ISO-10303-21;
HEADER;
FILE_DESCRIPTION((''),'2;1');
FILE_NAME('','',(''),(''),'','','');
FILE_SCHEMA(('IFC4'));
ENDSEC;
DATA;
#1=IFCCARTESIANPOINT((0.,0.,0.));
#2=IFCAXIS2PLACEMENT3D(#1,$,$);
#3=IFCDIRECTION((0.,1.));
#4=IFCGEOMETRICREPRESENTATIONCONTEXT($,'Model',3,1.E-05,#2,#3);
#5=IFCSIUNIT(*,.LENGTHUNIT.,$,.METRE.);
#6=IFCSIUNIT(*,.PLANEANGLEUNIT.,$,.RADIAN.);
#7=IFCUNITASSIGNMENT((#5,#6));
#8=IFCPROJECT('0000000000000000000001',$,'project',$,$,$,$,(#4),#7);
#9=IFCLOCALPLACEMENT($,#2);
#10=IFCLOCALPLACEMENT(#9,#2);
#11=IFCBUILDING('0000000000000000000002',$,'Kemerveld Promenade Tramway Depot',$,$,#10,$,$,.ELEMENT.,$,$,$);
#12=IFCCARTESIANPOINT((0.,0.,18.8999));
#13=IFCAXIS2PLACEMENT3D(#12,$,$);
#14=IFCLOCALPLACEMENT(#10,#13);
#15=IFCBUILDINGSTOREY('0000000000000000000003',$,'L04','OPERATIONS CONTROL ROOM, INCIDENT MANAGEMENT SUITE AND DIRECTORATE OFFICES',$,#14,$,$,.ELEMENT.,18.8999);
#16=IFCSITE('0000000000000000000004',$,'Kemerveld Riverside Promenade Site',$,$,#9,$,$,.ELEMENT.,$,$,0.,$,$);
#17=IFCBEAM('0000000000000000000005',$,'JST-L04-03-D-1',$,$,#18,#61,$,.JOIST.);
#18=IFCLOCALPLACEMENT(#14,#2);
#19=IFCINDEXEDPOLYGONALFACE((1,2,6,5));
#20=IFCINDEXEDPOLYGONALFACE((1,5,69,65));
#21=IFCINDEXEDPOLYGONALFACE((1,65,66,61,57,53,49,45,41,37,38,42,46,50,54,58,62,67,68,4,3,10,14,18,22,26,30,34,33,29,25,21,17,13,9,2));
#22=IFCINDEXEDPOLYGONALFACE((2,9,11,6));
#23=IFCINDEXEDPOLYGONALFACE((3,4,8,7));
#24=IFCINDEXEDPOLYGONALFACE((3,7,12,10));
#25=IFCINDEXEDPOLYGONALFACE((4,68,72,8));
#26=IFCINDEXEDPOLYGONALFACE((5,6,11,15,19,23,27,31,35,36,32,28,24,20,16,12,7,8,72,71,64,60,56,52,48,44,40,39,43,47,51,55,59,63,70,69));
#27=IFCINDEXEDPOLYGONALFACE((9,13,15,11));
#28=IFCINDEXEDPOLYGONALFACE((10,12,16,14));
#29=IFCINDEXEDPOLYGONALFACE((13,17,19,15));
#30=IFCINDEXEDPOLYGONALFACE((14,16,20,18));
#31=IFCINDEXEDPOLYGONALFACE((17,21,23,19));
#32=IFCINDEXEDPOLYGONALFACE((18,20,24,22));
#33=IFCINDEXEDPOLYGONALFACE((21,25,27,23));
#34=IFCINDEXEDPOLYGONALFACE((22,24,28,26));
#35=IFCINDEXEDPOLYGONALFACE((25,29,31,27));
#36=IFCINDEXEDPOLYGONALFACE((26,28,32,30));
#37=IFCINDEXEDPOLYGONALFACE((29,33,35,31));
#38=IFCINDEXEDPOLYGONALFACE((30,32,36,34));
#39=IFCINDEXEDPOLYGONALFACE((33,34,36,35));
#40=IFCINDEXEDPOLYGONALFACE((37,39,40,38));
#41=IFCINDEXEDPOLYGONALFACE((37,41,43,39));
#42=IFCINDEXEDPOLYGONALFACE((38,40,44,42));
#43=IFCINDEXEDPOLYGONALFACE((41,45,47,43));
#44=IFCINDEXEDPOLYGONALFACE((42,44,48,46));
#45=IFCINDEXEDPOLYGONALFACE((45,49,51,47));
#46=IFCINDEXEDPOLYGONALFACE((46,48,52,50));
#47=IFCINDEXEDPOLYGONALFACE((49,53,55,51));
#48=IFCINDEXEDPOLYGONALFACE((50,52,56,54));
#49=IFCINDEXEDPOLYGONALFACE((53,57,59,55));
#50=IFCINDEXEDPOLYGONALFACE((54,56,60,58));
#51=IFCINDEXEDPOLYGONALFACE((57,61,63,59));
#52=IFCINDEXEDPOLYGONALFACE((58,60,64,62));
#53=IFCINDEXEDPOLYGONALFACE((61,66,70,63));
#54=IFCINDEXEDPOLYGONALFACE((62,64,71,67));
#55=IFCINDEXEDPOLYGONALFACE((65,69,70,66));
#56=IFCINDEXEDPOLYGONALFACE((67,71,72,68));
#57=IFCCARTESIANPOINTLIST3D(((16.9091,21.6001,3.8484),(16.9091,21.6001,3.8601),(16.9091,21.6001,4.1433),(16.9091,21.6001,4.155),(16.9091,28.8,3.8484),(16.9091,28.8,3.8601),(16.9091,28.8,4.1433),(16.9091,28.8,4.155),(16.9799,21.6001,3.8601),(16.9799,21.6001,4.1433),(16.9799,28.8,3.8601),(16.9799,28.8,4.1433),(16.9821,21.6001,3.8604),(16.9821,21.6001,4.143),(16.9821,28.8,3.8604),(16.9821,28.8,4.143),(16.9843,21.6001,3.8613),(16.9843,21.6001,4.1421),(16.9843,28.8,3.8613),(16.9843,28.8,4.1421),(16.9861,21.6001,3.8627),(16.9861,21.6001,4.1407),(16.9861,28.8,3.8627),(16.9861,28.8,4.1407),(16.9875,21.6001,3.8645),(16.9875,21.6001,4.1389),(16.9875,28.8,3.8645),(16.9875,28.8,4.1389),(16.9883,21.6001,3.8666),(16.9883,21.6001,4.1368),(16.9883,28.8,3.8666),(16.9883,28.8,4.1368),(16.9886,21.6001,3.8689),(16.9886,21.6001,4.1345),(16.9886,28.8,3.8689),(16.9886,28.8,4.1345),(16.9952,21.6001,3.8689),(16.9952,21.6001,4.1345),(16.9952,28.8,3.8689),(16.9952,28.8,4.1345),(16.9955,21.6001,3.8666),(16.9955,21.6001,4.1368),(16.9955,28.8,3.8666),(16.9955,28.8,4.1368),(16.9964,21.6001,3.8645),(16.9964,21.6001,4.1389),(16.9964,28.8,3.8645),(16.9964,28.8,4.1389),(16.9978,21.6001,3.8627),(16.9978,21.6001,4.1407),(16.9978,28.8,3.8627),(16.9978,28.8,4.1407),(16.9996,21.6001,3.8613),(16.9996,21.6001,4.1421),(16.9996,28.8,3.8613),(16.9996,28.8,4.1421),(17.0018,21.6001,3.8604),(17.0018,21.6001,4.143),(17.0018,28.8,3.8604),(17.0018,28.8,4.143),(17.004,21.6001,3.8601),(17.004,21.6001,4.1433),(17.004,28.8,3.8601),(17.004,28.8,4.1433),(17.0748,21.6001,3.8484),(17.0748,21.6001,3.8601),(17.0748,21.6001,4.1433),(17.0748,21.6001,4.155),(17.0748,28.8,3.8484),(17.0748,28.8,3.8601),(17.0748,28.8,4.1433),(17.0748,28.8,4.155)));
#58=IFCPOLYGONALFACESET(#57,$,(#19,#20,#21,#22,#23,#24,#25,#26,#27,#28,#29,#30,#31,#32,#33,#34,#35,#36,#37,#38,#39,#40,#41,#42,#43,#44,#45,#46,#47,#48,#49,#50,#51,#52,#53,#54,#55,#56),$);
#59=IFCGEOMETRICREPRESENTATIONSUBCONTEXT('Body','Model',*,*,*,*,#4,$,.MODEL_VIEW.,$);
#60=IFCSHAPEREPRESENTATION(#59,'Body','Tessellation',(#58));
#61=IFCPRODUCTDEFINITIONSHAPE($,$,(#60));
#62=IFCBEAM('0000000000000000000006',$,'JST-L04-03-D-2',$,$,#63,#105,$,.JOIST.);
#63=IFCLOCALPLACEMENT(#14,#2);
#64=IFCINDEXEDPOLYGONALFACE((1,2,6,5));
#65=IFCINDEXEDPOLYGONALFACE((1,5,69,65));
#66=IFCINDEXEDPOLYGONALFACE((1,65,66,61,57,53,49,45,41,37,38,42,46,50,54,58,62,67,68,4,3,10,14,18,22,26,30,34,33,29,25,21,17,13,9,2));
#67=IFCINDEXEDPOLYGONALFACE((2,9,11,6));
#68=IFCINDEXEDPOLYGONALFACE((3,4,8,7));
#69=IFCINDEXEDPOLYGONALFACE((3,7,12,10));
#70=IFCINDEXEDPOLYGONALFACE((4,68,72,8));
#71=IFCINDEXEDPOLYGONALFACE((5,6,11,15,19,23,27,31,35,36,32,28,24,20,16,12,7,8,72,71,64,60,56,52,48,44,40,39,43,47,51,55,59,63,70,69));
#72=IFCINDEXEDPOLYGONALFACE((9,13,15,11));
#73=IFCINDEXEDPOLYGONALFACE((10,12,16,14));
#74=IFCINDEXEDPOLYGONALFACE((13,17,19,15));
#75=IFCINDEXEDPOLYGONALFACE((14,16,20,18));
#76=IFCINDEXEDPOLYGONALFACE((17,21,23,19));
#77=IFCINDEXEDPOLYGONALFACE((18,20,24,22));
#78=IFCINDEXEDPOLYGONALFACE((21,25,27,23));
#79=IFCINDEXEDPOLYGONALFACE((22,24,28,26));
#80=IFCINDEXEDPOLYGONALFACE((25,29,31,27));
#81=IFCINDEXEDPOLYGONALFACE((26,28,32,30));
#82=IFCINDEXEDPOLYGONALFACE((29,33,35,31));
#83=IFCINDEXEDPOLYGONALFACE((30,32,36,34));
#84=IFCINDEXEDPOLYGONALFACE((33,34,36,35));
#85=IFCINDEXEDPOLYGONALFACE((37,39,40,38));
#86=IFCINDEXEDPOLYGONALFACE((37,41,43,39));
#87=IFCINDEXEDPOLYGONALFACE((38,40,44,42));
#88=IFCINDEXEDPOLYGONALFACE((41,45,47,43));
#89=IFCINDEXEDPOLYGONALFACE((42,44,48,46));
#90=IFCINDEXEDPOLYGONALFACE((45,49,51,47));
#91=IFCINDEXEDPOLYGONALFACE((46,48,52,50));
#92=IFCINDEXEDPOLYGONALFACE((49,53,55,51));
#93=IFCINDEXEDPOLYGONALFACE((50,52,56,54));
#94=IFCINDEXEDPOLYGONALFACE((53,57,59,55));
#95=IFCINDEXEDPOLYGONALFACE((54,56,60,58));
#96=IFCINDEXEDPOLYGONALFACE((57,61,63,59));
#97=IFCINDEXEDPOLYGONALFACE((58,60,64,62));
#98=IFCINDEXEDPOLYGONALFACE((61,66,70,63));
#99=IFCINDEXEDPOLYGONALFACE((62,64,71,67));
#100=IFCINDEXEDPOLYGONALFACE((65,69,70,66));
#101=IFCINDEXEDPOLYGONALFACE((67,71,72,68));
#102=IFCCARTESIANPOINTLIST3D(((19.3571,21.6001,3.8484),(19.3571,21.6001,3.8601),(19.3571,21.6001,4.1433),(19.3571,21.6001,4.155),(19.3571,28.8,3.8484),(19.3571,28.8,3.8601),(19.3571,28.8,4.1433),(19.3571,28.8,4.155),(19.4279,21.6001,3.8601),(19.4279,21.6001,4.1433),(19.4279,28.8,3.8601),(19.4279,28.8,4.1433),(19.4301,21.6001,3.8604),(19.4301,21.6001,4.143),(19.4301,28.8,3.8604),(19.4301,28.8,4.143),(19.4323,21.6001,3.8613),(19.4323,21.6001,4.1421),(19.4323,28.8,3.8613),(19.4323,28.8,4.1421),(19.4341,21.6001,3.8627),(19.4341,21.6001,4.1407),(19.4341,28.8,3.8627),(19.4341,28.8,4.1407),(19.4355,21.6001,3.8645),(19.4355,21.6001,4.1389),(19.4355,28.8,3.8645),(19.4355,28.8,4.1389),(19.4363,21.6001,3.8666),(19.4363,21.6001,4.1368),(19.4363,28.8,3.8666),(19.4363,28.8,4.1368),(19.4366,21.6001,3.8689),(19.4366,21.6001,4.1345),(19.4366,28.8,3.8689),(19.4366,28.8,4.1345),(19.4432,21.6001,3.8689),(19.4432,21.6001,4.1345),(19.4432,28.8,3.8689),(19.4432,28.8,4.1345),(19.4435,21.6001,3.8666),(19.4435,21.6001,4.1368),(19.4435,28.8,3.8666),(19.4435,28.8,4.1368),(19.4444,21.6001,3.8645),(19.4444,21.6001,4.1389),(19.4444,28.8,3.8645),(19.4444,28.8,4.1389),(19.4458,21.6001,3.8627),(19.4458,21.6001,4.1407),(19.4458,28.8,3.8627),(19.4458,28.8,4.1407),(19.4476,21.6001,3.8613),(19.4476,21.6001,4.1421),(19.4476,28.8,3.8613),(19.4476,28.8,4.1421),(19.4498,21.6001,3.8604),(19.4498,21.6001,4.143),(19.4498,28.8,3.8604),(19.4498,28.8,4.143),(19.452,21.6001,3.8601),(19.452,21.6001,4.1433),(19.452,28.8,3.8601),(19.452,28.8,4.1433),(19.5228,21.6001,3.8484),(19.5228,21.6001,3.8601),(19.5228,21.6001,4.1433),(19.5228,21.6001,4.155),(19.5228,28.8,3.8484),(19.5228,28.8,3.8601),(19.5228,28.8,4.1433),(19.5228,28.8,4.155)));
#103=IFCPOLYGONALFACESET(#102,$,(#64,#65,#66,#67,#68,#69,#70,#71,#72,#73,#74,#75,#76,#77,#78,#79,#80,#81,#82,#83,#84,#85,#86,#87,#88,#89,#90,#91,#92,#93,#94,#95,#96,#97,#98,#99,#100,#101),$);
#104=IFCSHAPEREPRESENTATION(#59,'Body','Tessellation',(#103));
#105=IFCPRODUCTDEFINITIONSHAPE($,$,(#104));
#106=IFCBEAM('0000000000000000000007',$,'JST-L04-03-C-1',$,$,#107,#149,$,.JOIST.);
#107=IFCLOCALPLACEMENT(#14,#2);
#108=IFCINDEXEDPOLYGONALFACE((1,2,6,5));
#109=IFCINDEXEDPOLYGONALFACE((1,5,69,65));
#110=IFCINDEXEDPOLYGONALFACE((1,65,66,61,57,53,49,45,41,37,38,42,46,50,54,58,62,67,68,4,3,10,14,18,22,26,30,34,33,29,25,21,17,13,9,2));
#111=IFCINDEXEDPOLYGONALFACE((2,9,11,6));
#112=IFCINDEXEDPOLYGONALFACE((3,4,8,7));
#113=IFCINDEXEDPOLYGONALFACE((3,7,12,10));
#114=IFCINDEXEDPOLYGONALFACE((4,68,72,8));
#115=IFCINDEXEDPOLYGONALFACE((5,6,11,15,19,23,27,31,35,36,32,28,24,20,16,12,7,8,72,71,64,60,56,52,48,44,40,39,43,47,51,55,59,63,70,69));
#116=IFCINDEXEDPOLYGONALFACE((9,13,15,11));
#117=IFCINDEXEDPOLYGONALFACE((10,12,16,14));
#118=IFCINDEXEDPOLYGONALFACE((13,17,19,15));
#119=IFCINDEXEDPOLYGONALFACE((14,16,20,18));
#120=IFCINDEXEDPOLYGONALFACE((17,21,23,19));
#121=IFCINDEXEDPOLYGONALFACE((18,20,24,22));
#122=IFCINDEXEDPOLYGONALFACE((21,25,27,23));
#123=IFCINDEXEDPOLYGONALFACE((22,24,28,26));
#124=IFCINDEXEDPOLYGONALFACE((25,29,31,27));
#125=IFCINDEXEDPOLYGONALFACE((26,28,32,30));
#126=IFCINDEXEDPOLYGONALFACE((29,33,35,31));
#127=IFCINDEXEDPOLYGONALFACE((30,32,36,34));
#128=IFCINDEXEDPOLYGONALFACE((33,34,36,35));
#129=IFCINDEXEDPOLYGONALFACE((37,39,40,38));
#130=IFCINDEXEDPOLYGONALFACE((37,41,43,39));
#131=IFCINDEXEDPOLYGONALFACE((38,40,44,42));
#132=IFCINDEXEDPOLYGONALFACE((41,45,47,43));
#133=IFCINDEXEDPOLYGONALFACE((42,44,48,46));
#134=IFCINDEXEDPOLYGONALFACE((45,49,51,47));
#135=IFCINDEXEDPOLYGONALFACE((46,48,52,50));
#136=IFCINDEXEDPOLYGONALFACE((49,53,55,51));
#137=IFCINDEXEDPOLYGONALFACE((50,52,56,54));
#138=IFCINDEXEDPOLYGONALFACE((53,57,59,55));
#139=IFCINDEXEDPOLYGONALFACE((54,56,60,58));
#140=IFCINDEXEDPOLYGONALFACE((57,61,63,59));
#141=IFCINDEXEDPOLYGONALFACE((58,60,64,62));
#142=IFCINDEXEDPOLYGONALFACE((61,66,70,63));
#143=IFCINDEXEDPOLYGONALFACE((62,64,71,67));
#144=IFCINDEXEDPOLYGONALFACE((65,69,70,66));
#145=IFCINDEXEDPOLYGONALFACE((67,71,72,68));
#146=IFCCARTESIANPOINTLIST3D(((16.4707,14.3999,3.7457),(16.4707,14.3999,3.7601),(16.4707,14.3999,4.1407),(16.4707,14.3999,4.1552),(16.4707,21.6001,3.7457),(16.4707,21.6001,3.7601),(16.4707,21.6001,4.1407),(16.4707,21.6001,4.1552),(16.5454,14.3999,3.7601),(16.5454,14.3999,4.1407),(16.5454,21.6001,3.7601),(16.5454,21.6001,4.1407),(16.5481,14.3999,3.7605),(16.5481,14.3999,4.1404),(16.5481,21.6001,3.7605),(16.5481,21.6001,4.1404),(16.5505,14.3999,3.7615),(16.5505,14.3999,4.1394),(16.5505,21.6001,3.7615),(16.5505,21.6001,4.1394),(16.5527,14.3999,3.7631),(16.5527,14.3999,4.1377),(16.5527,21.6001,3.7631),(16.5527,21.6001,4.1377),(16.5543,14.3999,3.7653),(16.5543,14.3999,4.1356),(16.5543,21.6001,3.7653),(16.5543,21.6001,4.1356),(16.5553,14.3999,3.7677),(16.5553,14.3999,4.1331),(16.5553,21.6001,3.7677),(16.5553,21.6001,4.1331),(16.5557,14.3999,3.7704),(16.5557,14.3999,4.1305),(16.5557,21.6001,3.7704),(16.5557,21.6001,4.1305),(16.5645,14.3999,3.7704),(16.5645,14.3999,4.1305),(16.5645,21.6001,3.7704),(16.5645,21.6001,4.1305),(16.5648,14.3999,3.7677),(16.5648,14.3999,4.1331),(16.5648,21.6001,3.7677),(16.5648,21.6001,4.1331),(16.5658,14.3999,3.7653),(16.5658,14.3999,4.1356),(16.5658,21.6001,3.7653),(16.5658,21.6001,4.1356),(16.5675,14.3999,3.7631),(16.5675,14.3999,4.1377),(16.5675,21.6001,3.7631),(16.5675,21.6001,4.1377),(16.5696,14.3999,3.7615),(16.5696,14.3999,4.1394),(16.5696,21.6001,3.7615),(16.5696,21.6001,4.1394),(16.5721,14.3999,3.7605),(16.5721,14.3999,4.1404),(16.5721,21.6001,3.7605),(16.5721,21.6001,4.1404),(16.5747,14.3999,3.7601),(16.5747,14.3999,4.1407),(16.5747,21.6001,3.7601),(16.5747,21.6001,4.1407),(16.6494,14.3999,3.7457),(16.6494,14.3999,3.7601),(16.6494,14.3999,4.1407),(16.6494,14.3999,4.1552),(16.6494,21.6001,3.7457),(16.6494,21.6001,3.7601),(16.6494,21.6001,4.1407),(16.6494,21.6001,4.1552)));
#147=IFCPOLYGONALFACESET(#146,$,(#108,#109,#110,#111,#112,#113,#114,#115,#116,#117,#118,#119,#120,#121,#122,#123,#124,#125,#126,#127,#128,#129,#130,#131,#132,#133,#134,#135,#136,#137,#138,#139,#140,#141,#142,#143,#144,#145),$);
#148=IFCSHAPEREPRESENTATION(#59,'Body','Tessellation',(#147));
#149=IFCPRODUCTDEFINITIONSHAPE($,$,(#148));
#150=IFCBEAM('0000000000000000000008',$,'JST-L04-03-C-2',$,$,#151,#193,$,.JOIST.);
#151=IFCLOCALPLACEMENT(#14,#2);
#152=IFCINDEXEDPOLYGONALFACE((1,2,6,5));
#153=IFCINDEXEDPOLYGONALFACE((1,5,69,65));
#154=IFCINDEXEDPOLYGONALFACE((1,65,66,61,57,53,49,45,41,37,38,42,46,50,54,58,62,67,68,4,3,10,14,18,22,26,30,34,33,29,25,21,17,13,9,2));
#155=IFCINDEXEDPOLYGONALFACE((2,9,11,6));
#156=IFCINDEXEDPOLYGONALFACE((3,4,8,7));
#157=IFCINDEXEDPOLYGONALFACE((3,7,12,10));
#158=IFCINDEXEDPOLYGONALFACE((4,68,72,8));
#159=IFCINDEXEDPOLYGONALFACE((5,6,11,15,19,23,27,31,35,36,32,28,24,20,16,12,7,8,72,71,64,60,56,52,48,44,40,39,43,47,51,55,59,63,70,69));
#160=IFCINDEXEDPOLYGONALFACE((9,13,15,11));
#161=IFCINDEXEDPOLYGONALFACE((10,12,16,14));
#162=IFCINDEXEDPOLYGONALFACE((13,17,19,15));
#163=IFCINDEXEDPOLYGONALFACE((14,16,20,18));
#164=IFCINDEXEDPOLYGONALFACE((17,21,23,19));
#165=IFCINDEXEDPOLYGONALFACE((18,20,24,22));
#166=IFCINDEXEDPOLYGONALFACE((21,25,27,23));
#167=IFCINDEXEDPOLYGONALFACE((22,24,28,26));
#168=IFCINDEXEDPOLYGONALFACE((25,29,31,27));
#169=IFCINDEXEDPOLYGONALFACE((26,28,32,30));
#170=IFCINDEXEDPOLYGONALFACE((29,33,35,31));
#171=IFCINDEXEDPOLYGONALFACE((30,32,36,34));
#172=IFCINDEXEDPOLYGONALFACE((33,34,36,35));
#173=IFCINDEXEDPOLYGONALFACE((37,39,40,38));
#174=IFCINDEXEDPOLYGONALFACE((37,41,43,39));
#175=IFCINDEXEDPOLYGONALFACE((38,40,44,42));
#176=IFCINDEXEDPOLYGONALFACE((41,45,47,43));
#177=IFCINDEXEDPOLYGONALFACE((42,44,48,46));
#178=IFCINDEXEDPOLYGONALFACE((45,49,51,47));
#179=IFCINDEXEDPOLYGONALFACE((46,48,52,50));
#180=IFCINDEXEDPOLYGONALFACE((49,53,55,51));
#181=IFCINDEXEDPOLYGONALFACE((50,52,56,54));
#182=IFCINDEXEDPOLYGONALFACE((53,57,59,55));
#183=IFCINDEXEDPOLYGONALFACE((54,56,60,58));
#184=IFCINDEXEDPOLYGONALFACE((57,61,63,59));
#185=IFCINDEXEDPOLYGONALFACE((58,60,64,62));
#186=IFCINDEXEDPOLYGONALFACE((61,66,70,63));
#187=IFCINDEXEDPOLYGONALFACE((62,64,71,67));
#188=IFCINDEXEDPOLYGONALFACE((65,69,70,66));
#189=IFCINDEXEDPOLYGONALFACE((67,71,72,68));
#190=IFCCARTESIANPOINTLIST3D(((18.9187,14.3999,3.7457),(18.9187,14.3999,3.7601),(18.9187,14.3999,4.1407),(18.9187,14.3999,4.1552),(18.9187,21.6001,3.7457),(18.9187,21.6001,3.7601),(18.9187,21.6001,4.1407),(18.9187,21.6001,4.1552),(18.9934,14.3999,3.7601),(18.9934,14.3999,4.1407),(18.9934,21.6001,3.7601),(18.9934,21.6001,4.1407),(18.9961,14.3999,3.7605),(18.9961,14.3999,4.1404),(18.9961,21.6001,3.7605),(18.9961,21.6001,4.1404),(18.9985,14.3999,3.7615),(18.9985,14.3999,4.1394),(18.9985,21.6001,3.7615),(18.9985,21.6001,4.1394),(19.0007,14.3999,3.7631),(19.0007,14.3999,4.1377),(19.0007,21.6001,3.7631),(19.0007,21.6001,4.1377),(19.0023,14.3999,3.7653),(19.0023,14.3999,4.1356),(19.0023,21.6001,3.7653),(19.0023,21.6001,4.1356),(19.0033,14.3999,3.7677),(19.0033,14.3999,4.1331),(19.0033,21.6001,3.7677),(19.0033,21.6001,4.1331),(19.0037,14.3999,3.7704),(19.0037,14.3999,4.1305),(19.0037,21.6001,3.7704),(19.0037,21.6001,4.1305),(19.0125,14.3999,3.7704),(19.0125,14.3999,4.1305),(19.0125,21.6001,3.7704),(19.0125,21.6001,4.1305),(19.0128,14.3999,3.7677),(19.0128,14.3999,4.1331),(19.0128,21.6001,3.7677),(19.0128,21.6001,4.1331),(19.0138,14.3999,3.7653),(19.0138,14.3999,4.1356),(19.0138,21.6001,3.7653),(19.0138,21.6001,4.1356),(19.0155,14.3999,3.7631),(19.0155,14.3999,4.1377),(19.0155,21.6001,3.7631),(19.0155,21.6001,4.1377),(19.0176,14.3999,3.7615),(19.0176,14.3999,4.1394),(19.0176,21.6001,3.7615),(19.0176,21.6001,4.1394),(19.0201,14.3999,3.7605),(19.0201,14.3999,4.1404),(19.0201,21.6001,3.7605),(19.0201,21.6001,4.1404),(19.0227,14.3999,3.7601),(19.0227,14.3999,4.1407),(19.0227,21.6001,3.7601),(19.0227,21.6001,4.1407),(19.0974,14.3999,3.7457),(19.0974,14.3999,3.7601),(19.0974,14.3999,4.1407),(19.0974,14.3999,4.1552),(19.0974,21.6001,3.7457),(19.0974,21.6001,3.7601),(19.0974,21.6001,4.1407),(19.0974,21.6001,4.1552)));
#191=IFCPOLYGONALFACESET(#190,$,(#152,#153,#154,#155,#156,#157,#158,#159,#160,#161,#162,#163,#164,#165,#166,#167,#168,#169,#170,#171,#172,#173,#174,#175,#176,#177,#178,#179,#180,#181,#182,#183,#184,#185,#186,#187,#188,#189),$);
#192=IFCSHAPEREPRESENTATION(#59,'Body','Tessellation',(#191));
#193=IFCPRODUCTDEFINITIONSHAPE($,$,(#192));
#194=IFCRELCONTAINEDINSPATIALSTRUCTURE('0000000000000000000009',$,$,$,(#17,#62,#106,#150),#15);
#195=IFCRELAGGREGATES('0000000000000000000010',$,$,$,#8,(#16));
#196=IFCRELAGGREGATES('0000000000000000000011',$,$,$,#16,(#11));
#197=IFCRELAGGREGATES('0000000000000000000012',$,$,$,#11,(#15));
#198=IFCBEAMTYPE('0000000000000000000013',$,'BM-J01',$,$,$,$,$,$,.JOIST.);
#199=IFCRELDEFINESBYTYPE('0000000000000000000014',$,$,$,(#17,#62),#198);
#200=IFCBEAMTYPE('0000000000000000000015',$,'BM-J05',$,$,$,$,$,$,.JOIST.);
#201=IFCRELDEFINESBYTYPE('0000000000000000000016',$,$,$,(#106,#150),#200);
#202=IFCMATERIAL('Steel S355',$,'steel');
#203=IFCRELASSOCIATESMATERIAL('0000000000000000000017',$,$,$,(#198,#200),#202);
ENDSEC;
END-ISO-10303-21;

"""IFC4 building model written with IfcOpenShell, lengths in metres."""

from ifc_helpers import new_model, si_unit, direction, frame, origin, origin_2d, place, context, subcontext, project, spatial, i_section, extrude, material, material_profile, profile_set, type_object, element, save


model = new_model("IFC4")

# Units and contexts
model_context = context("Model", 3, precision=1e-05, world=origin(), true_north=direction((0.0, 1.0)))
body_context = subcontext(model_context, "Body", "Model", "MODEL_VIEW")
ifc_project = project(units=[si_unit("LENGTHUNIT", "METRE"), si_unit("PLANEANGLEUNIT", "RADIAN")], contexts=[model_context])

# Site, building, storey
site_placement = place(None, origin())
site = spatial("IfcSite", under=ifc_project, at=site_placement, Name="Kemerveld Riverside Promenade Site", CompositionType="ELEMENT", RefElevation=0.0)
building_placement = place(site_placement, origin())
building = spatial("IfcBuilding", under=site, at=building_placement, Name="Kemerveld Promenade Tramway Depot", CompositionType="ELEMENT")
storey_placement = place(building_placement, frame((0.0, 0.0, 18.8999)))
storey = spatial("IfcBuildingStorey", under=building, at=storey_placement, Name="L04", Description="OPERATIONS CONTROL ROOM, INCIDENT MANAGEMENT SUITE AND DIRECTORATE OFFICES", CompositionType="ELEMENT", Elevation=18.8999)

# Shared definitions
ifc_material_1 = material(Name="Steel S355", Category="steel")

# Beams
ifc_material_profile_1 = material_profile(ifc_material_1, i_section(OverallWidth=0.1658, OverallDepth=0.3066, WebThickness=0.0066, FlangeThickness=0.0117, FilletRadius=0.0088, at=origin_2d()), Name="305x165x46 UB")
ifc_profile_set_1 = profile_set([ifc_material_profile_1], Name="Steel S355")
beam_type_1 = type_object("IfcBeamType", Name="BM-J01", PredefinedType="JOIST", material=ifc_profile_set_1)
for number, where, z_axis, x_axis, name in (
    (1, (16.9919, 21.6001, 4.0017), (0.0, 1.0, 0.0), (-1.0, 0.0, 0.0), "JST-L04-03-D-1"),
    (2, (19.4399, 21.6001, 4.0017), (0.0, 1.0, 0.0), (-1.0, 0.0, 0.0), "JST-L04-03-D-2"),
):
    element("IfcBeam", number, at=place(storey_placement, frame(where, z_axis=z_axis, x_axis=x_axis)), inside=storey, type_object=beam_type_1, Name=name, PredefinedType="JOIST", context=body_context, shape_type="SweptSolid", body=[
        extrude(i_section(OverallWidth=0.1658, OverallDepth=0.3066, WebThickness=0.0066, FlangeThickness=0.0117, FilletRadius=0.0088, at=origin_2d()), origin(), (0.0, 0.0, 1.0), 7.2),
    ])
ifc_material_profile_2 = material_profile(ifc_material_1, i_section(OverallWidth=0.1787, OverallDepth=0.4094, WebThickness=0.0088, FlangeThickness=0.0144, FilletRadius=0.0103, at=origin_2d()), Name="406x178x67 UB")
ifc_profile_set_2 = profile_set([ifc_material_profile_2], Name="Steel S355")
beam_type_2 = type_object("IfcBeamType", Name="BM-J05", PredefinedType="JOIST", material=ifc_profile_set_2)
for number, where, z_axis, x_axis, name in (
    (3, (16.5601, 14.3999, 3.9504), (0.0, 1.0, 0.0), (-1.0, 0.0, 0.0), "JST-L04-03-C-1"),
    (4, (19.0081, 14.3999, 3.9504), (0.0, 1.0, 0.0), (-1.0, 0.0, 0.0), "JST-L04-03-C-2"),
):
    element("IfcBeam", number, at=place(storey_placement, frame(where, z_axis=z_axis, x_axis=x_axis)), inside=storey, type_object=beam_type_2, Name=name, PredefinedType="JOIST", context=body_context, shape_type="SweptSolid", body=[
        extrude(i_section(OverallWidth=0.1787, OverallDepth=0.4094, WebThickness=0.0088, FlangeThickness=0.0144, FilletRadius=0.0103, at=origin_2d()), origin(), (0.0, 0.0, 1.0), 7.2002),
    ])

save(model, "model.ifc")
